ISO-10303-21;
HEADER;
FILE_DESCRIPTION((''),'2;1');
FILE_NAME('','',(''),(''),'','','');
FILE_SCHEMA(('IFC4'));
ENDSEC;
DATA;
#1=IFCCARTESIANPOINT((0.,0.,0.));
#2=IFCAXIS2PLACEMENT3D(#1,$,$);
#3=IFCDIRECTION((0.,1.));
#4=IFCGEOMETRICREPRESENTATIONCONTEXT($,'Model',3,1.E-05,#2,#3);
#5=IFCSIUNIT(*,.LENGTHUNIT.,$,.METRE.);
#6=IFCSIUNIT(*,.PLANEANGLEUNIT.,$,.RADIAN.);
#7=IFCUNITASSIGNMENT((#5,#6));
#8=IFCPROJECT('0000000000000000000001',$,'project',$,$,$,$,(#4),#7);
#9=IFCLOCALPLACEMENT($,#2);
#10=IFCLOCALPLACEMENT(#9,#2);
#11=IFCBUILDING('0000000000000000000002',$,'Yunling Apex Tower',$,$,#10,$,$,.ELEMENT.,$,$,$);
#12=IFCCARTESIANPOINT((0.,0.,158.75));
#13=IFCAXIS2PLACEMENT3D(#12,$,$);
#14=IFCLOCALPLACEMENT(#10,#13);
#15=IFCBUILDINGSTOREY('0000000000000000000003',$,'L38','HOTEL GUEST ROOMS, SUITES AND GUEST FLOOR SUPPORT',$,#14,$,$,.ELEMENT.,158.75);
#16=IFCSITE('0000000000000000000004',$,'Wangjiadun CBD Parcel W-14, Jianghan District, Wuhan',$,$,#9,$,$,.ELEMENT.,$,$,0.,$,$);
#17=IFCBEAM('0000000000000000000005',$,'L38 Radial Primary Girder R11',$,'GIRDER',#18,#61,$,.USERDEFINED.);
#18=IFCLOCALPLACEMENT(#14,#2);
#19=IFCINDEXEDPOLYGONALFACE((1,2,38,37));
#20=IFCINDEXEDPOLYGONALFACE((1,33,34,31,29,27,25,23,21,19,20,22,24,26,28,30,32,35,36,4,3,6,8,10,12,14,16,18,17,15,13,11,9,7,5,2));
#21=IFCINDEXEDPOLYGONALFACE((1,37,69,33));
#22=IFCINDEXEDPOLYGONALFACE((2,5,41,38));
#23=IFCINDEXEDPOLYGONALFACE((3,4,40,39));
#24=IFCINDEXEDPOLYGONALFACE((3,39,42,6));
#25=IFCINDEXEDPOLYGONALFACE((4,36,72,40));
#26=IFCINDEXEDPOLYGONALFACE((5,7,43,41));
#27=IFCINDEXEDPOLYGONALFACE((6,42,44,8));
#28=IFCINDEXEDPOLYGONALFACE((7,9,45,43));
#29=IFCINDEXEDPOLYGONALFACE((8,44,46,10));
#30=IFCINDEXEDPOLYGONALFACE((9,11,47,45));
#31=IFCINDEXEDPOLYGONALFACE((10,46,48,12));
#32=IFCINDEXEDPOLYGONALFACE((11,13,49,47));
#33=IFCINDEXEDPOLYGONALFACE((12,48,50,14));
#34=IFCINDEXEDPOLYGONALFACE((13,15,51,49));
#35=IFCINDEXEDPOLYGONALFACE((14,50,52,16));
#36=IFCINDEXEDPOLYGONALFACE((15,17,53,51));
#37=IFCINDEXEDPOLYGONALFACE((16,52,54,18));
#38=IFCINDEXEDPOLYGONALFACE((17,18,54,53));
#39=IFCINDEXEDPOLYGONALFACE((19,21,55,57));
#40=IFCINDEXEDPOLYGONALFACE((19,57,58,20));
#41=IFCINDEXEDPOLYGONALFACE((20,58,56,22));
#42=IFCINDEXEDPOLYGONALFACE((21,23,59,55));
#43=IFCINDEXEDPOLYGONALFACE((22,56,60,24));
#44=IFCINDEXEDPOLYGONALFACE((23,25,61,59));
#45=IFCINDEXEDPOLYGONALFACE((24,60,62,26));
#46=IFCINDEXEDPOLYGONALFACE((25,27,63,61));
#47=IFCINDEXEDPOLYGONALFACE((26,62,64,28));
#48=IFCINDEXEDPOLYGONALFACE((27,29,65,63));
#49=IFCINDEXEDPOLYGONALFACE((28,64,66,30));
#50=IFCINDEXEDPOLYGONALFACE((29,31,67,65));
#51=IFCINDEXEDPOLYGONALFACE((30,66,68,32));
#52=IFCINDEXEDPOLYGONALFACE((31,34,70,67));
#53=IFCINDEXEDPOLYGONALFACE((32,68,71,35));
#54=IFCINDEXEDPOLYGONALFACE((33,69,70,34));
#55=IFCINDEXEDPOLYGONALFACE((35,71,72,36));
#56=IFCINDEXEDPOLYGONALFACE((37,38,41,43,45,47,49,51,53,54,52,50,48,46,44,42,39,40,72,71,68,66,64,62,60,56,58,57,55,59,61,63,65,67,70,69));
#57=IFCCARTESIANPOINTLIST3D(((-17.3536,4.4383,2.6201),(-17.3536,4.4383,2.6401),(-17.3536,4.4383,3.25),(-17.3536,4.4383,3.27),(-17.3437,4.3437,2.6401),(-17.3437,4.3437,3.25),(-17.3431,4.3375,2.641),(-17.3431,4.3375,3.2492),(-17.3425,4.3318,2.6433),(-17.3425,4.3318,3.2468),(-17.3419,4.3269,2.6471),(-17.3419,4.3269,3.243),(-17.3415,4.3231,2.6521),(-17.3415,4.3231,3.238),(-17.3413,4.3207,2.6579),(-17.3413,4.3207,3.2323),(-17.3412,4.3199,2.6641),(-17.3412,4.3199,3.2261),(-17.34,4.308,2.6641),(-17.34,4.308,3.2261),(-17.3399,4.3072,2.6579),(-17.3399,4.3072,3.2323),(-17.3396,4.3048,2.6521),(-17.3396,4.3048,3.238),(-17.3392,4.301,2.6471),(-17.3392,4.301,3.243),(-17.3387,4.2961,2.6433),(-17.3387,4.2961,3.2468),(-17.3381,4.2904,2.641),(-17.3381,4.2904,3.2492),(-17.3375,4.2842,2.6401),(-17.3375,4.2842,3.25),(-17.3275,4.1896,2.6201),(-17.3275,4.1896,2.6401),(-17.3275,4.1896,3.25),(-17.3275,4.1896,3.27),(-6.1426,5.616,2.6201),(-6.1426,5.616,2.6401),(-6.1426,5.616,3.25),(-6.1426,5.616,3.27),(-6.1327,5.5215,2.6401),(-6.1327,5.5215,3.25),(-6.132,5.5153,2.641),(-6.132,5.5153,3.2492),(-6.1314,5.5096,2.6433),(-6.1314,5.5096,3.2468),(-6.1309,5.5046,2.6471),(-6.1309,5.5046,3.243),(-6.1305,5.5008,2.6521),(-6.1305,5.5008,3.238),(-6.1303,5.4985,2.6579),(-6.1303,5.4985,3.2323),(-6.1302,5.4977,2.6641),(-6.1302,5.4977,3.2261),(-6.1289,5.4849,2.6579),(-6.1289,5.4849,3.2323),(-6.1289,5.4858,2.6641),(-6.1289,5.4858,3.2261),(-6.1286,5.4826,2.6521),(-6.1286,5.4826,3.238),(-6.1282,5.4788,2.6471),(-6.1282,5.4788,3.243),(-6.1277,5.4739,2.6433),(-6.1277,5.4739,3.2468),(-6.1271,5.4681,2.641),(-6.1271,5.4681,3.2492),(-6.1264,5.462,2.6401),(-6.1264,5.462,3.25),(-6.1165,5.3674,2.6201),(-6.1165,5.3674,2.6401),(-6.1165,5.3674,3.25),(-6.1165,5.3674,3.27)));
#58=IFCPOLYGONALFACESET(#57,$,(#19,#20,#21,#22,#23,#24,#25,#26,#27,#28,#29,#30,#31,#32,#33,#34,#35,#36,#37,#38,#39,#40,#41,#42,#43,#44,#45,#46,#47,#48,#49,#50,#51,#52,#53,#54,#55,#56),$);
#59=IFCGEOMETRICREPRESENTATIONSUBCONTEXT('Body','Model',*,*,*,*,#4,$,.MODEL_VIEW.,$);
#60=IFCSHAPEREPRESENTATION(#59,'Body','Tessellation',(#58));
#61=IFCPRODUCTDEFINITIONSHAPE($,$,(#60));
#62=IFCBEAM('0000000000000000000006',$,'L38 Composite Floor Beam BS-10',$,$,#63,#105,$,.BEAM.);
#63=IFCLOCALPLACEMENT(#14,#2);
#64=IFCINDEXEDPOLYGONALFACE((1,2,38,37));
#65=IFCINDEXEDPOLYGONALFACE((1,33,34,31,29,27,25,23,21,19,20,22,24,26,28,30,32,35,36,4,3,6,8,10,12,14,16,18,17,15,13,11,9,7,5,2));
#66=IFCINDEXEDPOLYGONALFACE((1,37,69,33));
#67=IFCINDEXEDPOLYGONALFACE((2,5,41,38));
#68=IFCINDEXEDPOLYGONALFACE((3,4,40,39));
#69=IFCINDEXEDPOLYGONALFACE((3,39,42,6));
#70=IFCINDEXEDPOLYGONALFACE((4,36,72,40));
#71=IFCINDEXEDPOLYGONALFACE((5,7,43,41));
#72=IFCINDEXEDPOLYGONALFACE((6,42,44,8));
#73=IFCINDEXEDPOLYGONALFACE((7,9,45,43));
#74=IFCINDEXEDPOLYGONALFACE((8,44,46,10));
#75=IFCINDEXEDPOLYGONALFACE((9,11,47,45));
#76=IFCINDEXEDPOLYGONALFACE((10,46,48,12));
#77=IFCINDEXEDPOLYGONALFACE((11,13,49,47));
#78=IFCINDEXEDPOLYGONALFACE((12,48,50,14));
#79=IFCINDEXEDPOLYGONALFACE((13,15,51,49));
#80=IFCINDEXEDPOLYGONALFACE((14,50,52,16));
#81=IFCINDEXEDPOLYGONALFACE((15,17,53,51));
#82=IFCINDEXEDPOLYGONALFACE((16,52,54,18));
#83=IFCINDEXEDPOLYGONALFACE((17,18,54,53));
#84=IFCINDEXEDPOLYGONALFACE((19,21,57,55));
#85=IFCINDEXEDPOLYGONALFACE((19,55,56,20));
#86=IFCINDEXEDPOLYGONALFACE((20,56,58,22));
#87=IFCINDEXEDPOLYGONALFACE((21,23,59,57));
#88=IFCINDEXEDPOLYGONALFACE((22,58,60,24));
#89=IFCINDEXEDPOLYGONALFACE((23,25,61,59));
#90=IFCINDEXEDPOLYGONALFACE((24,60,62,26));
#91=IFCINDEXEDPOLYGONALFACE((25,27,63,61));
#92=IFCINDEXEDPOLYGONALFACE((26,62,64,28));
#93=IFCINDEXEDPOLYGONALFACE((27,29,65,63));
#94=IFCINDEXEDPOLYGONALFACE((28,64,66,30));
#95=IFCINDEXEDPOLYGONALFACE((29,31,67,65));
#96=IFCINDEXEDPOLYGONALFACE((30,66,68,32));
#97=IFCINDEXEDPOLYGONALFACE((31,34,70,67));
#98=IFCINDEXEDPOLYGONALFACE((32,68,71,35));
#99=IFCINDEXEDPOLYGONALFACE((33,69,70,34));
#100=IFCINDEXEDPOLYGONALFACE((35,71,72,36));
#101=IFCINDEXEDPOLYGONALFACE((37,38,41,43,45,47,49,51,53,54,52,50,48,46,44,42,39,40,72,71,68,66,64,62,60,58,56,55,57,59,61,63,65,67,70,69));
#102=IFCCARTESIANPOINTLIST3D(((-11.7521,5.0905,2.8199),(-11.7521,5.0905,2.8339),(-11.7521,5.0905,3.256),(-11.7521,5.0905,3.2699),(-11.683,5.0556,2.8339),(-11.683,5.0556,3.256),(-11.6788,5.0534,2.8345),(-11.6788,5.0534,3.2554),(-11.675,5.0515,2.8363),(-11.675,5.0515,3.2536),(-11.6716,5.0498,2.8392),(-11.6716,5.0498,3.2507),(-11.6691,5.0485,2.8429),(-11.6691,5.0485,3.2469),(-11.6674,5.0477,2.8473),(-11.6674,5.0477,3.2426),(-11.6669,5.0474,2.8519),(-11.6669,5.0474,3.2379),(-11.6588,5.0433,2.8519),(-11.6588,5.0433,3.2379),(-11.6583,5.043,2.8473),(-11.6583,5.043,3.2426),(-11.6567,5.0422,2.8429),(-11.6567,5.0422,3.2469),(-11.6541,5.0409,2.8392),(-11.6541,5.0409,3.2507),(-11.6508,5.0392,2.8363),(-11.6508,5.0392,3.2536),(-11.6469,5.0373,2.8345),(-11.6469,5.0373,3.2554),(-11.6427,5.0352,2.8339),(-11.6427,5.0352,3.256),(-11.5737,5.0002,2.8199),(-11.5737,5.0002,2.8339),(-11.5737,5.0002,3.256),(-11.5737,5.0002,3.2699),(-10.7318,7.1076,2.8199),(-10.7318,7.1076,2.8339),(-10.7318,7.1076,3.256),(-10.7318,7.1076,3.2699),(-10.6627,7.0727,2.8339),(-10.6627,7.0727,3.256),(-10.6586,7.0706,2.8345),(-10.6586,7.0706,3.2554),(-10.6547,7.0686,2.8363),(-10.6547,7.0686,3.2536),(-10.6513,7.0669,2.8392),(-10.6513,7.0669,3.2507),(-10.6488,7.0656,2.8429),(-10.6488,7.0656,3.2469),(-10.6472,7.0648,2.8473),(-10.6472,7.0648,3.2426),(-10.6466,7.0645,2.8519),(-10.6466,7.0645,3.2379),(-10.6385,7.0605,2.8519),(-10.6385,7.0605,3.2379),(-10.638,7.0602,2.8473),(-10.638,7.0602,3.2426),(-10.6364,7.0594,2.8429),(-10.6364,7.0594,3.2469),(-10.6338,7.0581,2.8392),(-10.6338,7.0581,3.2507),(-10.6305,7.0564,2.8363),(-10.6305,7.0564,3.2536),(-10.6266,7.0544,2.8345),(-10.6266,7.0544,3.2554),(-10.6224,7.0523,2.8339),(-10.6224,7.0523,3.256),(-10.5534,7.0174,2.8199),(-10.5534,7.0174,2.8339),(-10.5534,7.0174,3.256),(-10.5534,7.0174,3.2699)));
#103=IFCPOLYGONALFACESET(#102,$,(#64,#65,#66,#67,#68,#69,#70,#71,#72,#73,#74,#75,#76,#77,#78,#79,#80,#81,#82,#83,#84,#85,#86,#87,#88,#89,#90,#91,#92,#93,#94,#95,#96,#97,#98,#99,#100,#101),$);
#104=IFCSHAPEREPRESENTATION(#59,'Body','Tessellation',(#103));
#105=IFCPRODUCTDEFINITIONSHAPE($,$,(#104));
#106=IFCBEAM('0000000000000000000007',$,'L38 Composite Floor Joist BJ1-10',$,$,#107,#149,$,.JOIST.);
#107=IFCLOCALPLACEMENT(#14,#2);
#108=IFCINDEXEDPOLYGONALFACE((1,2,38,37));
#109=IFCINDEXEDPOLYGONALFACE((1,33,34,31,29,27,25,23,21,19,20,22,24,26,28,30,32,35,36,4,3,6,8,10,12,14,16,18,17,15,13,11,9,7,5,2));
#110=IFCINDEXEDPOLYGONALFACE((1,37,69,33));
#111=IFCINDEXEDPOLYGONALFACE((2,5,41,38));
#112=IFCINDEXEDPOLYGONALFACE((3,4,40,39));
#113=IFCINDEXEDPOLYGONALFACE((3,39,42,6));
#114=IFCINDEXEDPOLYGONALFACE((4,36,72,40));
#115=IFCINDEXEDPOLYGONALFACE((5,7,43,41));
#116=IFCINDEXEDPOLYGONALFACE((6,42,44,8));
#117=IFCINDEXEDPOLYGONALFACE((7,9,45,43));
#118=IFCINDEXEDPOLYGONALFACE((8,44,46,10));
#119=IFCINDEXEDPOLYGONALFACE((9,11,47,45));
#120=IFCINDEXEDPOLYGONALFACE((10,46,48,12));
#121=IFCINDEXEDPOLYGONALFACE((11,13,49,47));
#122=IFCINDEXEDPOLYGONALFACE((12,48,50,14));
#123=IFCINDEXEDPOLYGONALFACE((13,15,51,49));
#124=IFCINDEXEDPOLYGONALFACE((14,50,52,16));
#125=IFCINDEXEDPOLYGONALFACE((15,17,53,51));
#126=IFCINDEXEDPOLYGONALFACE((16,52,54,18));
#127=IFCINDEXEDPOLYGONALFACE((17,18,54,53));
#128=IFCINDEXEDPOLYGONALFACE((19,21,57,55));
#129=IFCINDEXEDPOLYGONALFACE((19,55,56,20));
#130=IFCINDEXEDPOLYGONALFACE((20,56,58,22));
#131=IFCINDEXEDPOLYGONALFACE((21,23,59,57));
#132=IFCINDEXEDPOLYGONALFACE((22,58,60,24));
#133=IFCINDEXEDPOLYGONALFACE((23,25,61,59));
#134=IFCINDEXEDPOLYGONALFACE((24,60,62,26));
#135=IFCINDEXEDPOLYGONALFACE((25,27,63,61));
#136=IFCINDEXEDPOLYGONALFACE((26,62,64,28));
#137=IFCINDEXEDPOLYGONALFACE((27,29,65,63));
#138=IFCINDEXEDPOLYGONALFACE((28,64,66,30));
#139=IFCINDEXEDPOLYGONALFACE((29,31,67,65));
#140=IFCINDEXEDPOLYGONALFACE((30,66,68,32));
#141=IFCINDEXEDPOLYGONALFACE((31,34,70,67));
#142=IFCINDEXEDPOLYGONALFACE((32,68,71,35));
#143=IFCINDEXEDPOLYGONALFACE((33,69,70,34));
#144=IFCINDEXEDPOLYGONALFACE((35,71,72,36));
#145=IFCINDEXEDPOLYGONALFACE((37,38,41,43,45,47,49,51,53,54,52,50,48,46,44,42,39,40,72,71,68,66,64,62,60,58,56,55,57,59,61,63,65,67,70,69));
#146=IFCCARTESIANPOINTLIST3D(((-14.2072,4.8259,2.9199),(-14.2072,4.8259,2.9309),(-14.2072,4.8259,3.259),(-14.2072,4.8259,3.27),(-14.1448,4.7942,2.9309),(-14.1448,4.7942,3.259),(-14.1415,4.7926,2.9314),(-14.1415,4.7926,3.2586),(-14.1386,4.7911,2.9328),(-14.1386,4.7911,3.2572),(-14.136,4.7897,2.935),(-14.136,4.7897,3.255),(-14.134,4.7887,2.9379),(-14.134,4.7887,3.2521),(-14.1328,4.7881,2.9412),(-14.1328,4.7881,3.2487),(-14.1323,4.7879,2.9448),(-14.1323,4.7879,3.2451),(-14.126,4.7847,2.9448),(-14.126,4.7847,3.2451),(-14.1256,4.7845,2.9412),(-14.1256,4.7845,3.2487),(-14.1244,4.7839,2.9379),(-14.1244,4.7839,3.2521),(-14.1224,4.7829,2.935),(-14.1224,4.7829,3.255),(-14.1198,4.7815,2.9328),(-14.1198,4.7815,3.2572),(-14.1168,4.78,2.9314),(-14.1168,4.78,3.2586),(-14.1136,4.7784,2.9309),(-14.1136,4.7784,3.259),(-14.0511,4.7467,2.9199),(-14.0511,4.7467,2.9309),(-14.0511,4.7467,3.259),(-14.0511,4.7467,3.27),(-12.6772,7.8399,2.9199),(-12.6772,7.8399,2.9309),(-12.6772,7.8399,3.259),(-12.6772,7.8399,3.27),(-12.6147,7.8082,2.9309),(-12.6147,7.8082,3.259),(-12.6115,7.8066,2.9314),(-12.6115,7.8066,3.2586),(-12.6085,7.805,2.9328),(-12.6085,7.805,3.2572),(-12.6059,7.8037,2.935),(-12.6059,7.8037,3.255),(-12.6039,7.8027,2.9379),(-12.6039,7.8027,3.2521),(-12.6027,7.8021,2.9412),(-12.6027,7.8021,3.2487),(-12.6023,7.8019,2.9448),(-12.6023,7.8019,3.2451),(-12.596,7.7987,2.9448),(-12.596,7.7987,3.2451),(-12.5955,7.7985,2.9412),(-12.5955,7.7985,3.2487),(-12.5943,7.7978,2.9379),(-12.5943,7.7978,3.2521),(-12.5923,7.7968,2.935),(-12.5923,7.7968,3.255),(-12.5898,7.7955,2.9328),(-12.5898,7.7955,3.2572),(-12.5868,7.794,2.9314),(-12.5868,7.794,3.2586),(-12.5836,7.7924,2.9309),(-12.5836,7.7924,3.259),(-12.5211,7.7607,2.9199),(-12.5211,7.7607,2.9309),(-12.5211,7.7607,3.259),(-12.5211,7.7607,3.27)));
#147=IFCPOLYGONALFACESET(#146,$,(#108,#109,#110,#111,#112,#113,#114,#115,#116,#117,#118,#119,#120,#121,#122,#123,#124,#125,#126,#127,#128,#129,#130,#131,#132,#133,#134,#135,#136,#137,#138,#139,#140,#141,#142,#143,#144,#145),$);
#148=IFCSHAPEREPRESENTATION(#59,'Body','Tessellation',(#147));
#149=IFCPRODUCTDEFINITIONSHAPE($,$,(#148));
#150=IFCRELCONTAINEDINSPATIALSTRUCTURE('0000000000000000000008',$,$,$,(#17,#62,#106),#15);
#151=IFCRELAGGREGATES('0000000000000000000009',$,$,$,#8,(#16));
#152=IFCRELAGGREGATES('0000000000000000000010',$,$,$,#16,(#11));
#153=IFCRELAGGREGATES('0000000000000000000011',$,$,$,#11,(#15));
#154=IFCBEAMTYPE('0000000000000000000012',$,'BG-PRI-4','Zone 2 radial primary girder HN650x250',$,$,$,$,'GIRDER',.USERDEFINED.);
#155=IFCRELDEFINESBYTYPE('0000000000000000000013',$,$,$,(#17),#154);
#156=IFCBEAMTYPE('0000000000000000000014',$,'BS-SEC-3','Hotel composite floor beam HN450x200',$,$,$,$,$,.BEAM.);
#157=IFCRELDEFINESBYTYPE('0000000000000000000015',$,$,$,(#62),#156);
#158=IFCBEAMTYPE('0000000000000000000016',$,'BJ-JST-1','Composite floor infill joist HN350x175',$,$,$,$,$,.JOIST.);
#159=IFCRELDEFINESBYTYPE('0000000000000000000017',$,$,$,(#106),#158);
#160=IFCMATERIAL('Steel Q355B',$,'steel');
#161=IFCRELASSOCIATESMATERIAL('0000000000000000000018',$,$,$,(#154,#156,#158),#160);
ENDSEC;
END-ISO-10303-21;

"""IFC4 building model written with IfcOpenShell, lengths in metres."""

from ifc_helpers import new_model, si_unit, direction, frame, origin, origin_2d, place, context, subcontext, project, spatial, i_section, extrude, source, transform, mapped, material, material_profile, profile_set, type_object, element, save


model = new_model("IFC4")

# Units and contexts
model_context = context("Model", 3, precision=1e-05, world=origin(), true_north=direction((0.0, 1.0)))
body_context = subcontext(model_context, "Body", "Model", "MODEL_VIEW")
ifc_project = project(units=[si_unit("LENGTHUNIT", "METRE"), si_unit("PLANEANGLEUNIT", "RADIAN")], contexts=[model_context])

# Site, building, storey
site_placement = place(None, origin())
site = spatial("IfcSite", under=ifc_project, at=site_placement, Name="Wangjiadun CBD Parcel W-14, Jianghan District, Wuhan", CompositionType="ELEMENT", RefElevation=0.0)
building_placement = place(site_placement, origin())
building = spatial("IfcBuilding", under=site, at=building_placement, Name="Yunling Apex Tower", CompositionType="ELEMENT")
storey_placement = place(building_placement, frame((0.0, 0.0, 158.75)))
storey = spatial("IfcBuildingStorey", under=building, at=storey_placement, Name="L38", Description="HOTEL GUEST ROOMS, SUITES AND GUEST FLOOR SUPPORT", CompositionType="ELEMENT", Elevation=158.75)

# Beams
ifc_material_1 = material(Name="Steel Q355B", Category="steel")
ifc_material_profile_1 = material_profile(ifc_material_1, i_section(OverallWidth=0.25, OverallDepth=0.6499, WebThickness=0.012, FlangeThickness=0.02, FilletRadius=0.0239, at=origin_2d()))
ifc_profile_set_1 = profile_set([ifc_material_profile_1], Name="Steel Q355B")
beam_type_1 = type_object("IfcBeamType", Name="BG-PRI-4", Description="Zone 2 radial primary girder HN650x250", ElementType="GIRDER", PredefinedType="USERDEFINED", material=ifc_profile_set_1)
shared_shape_1 = source(origin(), body_context, "Body", "SweptSolid", [
    extrude(i_section(OverallWidth=0.25, OverallDepth=0.6499, WebThickness=0.012, FlangeThickness=0.02, FilletRadius=0.0239, at=origin_2d()), origin(), (0.0, 0.0, 1.0), 11.2727),
])
beam_1_placement = place(storey_placement, frame((-17.3406, 4.314, 2.9451), z_axis=(0.994527, 0.104477, 0.0), x_axis=(-0.104477, 0.994527, 0.0)))
element("IfcBeam", 1, at=beam_1_placement, inside=storey, type_object=beam_type_1, Name="L38 Radial Primary Girder R11", ObjectType="GIRDER", PredefinedType="USERDEFINED", context=body_context, shape_type="MappedRepresentation", body=[
    mapped(shared_shape_1, transform((0.0, 0.0, 0.0), scale=1.0)),
])
ifc_material_profile_2 = material_profile(ifc_material_1, i_section(OverallWidth=0.2, OverallDepth=0.45, WebThickness=0.009, FlangeThickness=0.0139, FilletRadius=0.0181, at=origin_2d()))
ifc_profile_set_2 = profile_set([ifc_material_profile_2], Name="Steel Q355B")
beam_type_2 = type_object("IfcBeamType", Name="BS-SEC-3", Description="Hotel composite floor beam HN450x200", PredefinedType="BEAM", material=ifc_profile_set_2)
shared_shape_2 = source(origin(), body_context, "Body", "SweptSolid", [
    extrude(i_section(OverallWidth=0.2, OverallDepth=0.45, WebThickness=0.009, FlangeThickness=0.0139, FilletRadius=0.0181, at=origin_2d()), origin(), (0.0, 0.0, 1.0), 2.2605),
])
beam_2_placement = place(storey_placement, frame((-10.6426, 7.0625, 3.0449), z_axis=(-0.451356, -0.892344, 0.0), x_axis=(0.892344, -0.451356, 0.0)))
element("IfcBeam", 2, at=beam_2_placement, inside=storey, type_object=beam_type_2, Name="L38 Composite Floor Beam BS-10", PredefinedType="BEAM", context=body_context, shape_type="MappedRepresentation", body=[
    mapped(shared_shape_2, transform((0.0, 0.0, 0.0), scale=1.0)),
])
ifc_material_profile_3 = material_profile(ifc_material_1, i_section(OverallWidth=0.175, OverallDepth=0.3501, WebThickness=0.0071, FlangeThickness=0.011, FilletRadius=0.0139, at=origin_2d()))
ifc_profile_set_3 = profile_set([ifc_material_profile_3], Name="Steel Q355B")
beam_type_3 = type_object("IfcBeamType", Name="BJ-JST-1", Description="Composite floor infill joist HN350x175", PredefinedType="JOIST", material=ifc_profile_set_3)
shared_shape_3 = source(origin(), body_context, "Body", "SweptSolid", [
    extrude(i_section(OverallWidth=0.175, OverallDepth=0.3501, WebThickness=0.0071, FlangeThickness=0.011, FilletRadius=0.0139, at=origin_2d()), origin(), (0.0, 0.0, 1.0), 3.3801),
])
beam_3_placement = place(storey_placement, frame((-12.5991, 7.8003, 3.095), z_axis=(-0.452666, -0.89168, 0.0), x_axis=(0.89168, -0.452666, 0.0)))
element("IfcBeam", 3, at=beam_3_placement, inside=storey, type_object=beam_type_3, Name="L38 Composite Floor Joist BJ1-10", PredefinedType="JOIST", context=body_context, shape_type="MappedRepresentation", body=[
    mapped(shared_shape_3, transform((0.0, 0.0, 0.0), scale=1.0)),
])

save(model, "model.ifc")
